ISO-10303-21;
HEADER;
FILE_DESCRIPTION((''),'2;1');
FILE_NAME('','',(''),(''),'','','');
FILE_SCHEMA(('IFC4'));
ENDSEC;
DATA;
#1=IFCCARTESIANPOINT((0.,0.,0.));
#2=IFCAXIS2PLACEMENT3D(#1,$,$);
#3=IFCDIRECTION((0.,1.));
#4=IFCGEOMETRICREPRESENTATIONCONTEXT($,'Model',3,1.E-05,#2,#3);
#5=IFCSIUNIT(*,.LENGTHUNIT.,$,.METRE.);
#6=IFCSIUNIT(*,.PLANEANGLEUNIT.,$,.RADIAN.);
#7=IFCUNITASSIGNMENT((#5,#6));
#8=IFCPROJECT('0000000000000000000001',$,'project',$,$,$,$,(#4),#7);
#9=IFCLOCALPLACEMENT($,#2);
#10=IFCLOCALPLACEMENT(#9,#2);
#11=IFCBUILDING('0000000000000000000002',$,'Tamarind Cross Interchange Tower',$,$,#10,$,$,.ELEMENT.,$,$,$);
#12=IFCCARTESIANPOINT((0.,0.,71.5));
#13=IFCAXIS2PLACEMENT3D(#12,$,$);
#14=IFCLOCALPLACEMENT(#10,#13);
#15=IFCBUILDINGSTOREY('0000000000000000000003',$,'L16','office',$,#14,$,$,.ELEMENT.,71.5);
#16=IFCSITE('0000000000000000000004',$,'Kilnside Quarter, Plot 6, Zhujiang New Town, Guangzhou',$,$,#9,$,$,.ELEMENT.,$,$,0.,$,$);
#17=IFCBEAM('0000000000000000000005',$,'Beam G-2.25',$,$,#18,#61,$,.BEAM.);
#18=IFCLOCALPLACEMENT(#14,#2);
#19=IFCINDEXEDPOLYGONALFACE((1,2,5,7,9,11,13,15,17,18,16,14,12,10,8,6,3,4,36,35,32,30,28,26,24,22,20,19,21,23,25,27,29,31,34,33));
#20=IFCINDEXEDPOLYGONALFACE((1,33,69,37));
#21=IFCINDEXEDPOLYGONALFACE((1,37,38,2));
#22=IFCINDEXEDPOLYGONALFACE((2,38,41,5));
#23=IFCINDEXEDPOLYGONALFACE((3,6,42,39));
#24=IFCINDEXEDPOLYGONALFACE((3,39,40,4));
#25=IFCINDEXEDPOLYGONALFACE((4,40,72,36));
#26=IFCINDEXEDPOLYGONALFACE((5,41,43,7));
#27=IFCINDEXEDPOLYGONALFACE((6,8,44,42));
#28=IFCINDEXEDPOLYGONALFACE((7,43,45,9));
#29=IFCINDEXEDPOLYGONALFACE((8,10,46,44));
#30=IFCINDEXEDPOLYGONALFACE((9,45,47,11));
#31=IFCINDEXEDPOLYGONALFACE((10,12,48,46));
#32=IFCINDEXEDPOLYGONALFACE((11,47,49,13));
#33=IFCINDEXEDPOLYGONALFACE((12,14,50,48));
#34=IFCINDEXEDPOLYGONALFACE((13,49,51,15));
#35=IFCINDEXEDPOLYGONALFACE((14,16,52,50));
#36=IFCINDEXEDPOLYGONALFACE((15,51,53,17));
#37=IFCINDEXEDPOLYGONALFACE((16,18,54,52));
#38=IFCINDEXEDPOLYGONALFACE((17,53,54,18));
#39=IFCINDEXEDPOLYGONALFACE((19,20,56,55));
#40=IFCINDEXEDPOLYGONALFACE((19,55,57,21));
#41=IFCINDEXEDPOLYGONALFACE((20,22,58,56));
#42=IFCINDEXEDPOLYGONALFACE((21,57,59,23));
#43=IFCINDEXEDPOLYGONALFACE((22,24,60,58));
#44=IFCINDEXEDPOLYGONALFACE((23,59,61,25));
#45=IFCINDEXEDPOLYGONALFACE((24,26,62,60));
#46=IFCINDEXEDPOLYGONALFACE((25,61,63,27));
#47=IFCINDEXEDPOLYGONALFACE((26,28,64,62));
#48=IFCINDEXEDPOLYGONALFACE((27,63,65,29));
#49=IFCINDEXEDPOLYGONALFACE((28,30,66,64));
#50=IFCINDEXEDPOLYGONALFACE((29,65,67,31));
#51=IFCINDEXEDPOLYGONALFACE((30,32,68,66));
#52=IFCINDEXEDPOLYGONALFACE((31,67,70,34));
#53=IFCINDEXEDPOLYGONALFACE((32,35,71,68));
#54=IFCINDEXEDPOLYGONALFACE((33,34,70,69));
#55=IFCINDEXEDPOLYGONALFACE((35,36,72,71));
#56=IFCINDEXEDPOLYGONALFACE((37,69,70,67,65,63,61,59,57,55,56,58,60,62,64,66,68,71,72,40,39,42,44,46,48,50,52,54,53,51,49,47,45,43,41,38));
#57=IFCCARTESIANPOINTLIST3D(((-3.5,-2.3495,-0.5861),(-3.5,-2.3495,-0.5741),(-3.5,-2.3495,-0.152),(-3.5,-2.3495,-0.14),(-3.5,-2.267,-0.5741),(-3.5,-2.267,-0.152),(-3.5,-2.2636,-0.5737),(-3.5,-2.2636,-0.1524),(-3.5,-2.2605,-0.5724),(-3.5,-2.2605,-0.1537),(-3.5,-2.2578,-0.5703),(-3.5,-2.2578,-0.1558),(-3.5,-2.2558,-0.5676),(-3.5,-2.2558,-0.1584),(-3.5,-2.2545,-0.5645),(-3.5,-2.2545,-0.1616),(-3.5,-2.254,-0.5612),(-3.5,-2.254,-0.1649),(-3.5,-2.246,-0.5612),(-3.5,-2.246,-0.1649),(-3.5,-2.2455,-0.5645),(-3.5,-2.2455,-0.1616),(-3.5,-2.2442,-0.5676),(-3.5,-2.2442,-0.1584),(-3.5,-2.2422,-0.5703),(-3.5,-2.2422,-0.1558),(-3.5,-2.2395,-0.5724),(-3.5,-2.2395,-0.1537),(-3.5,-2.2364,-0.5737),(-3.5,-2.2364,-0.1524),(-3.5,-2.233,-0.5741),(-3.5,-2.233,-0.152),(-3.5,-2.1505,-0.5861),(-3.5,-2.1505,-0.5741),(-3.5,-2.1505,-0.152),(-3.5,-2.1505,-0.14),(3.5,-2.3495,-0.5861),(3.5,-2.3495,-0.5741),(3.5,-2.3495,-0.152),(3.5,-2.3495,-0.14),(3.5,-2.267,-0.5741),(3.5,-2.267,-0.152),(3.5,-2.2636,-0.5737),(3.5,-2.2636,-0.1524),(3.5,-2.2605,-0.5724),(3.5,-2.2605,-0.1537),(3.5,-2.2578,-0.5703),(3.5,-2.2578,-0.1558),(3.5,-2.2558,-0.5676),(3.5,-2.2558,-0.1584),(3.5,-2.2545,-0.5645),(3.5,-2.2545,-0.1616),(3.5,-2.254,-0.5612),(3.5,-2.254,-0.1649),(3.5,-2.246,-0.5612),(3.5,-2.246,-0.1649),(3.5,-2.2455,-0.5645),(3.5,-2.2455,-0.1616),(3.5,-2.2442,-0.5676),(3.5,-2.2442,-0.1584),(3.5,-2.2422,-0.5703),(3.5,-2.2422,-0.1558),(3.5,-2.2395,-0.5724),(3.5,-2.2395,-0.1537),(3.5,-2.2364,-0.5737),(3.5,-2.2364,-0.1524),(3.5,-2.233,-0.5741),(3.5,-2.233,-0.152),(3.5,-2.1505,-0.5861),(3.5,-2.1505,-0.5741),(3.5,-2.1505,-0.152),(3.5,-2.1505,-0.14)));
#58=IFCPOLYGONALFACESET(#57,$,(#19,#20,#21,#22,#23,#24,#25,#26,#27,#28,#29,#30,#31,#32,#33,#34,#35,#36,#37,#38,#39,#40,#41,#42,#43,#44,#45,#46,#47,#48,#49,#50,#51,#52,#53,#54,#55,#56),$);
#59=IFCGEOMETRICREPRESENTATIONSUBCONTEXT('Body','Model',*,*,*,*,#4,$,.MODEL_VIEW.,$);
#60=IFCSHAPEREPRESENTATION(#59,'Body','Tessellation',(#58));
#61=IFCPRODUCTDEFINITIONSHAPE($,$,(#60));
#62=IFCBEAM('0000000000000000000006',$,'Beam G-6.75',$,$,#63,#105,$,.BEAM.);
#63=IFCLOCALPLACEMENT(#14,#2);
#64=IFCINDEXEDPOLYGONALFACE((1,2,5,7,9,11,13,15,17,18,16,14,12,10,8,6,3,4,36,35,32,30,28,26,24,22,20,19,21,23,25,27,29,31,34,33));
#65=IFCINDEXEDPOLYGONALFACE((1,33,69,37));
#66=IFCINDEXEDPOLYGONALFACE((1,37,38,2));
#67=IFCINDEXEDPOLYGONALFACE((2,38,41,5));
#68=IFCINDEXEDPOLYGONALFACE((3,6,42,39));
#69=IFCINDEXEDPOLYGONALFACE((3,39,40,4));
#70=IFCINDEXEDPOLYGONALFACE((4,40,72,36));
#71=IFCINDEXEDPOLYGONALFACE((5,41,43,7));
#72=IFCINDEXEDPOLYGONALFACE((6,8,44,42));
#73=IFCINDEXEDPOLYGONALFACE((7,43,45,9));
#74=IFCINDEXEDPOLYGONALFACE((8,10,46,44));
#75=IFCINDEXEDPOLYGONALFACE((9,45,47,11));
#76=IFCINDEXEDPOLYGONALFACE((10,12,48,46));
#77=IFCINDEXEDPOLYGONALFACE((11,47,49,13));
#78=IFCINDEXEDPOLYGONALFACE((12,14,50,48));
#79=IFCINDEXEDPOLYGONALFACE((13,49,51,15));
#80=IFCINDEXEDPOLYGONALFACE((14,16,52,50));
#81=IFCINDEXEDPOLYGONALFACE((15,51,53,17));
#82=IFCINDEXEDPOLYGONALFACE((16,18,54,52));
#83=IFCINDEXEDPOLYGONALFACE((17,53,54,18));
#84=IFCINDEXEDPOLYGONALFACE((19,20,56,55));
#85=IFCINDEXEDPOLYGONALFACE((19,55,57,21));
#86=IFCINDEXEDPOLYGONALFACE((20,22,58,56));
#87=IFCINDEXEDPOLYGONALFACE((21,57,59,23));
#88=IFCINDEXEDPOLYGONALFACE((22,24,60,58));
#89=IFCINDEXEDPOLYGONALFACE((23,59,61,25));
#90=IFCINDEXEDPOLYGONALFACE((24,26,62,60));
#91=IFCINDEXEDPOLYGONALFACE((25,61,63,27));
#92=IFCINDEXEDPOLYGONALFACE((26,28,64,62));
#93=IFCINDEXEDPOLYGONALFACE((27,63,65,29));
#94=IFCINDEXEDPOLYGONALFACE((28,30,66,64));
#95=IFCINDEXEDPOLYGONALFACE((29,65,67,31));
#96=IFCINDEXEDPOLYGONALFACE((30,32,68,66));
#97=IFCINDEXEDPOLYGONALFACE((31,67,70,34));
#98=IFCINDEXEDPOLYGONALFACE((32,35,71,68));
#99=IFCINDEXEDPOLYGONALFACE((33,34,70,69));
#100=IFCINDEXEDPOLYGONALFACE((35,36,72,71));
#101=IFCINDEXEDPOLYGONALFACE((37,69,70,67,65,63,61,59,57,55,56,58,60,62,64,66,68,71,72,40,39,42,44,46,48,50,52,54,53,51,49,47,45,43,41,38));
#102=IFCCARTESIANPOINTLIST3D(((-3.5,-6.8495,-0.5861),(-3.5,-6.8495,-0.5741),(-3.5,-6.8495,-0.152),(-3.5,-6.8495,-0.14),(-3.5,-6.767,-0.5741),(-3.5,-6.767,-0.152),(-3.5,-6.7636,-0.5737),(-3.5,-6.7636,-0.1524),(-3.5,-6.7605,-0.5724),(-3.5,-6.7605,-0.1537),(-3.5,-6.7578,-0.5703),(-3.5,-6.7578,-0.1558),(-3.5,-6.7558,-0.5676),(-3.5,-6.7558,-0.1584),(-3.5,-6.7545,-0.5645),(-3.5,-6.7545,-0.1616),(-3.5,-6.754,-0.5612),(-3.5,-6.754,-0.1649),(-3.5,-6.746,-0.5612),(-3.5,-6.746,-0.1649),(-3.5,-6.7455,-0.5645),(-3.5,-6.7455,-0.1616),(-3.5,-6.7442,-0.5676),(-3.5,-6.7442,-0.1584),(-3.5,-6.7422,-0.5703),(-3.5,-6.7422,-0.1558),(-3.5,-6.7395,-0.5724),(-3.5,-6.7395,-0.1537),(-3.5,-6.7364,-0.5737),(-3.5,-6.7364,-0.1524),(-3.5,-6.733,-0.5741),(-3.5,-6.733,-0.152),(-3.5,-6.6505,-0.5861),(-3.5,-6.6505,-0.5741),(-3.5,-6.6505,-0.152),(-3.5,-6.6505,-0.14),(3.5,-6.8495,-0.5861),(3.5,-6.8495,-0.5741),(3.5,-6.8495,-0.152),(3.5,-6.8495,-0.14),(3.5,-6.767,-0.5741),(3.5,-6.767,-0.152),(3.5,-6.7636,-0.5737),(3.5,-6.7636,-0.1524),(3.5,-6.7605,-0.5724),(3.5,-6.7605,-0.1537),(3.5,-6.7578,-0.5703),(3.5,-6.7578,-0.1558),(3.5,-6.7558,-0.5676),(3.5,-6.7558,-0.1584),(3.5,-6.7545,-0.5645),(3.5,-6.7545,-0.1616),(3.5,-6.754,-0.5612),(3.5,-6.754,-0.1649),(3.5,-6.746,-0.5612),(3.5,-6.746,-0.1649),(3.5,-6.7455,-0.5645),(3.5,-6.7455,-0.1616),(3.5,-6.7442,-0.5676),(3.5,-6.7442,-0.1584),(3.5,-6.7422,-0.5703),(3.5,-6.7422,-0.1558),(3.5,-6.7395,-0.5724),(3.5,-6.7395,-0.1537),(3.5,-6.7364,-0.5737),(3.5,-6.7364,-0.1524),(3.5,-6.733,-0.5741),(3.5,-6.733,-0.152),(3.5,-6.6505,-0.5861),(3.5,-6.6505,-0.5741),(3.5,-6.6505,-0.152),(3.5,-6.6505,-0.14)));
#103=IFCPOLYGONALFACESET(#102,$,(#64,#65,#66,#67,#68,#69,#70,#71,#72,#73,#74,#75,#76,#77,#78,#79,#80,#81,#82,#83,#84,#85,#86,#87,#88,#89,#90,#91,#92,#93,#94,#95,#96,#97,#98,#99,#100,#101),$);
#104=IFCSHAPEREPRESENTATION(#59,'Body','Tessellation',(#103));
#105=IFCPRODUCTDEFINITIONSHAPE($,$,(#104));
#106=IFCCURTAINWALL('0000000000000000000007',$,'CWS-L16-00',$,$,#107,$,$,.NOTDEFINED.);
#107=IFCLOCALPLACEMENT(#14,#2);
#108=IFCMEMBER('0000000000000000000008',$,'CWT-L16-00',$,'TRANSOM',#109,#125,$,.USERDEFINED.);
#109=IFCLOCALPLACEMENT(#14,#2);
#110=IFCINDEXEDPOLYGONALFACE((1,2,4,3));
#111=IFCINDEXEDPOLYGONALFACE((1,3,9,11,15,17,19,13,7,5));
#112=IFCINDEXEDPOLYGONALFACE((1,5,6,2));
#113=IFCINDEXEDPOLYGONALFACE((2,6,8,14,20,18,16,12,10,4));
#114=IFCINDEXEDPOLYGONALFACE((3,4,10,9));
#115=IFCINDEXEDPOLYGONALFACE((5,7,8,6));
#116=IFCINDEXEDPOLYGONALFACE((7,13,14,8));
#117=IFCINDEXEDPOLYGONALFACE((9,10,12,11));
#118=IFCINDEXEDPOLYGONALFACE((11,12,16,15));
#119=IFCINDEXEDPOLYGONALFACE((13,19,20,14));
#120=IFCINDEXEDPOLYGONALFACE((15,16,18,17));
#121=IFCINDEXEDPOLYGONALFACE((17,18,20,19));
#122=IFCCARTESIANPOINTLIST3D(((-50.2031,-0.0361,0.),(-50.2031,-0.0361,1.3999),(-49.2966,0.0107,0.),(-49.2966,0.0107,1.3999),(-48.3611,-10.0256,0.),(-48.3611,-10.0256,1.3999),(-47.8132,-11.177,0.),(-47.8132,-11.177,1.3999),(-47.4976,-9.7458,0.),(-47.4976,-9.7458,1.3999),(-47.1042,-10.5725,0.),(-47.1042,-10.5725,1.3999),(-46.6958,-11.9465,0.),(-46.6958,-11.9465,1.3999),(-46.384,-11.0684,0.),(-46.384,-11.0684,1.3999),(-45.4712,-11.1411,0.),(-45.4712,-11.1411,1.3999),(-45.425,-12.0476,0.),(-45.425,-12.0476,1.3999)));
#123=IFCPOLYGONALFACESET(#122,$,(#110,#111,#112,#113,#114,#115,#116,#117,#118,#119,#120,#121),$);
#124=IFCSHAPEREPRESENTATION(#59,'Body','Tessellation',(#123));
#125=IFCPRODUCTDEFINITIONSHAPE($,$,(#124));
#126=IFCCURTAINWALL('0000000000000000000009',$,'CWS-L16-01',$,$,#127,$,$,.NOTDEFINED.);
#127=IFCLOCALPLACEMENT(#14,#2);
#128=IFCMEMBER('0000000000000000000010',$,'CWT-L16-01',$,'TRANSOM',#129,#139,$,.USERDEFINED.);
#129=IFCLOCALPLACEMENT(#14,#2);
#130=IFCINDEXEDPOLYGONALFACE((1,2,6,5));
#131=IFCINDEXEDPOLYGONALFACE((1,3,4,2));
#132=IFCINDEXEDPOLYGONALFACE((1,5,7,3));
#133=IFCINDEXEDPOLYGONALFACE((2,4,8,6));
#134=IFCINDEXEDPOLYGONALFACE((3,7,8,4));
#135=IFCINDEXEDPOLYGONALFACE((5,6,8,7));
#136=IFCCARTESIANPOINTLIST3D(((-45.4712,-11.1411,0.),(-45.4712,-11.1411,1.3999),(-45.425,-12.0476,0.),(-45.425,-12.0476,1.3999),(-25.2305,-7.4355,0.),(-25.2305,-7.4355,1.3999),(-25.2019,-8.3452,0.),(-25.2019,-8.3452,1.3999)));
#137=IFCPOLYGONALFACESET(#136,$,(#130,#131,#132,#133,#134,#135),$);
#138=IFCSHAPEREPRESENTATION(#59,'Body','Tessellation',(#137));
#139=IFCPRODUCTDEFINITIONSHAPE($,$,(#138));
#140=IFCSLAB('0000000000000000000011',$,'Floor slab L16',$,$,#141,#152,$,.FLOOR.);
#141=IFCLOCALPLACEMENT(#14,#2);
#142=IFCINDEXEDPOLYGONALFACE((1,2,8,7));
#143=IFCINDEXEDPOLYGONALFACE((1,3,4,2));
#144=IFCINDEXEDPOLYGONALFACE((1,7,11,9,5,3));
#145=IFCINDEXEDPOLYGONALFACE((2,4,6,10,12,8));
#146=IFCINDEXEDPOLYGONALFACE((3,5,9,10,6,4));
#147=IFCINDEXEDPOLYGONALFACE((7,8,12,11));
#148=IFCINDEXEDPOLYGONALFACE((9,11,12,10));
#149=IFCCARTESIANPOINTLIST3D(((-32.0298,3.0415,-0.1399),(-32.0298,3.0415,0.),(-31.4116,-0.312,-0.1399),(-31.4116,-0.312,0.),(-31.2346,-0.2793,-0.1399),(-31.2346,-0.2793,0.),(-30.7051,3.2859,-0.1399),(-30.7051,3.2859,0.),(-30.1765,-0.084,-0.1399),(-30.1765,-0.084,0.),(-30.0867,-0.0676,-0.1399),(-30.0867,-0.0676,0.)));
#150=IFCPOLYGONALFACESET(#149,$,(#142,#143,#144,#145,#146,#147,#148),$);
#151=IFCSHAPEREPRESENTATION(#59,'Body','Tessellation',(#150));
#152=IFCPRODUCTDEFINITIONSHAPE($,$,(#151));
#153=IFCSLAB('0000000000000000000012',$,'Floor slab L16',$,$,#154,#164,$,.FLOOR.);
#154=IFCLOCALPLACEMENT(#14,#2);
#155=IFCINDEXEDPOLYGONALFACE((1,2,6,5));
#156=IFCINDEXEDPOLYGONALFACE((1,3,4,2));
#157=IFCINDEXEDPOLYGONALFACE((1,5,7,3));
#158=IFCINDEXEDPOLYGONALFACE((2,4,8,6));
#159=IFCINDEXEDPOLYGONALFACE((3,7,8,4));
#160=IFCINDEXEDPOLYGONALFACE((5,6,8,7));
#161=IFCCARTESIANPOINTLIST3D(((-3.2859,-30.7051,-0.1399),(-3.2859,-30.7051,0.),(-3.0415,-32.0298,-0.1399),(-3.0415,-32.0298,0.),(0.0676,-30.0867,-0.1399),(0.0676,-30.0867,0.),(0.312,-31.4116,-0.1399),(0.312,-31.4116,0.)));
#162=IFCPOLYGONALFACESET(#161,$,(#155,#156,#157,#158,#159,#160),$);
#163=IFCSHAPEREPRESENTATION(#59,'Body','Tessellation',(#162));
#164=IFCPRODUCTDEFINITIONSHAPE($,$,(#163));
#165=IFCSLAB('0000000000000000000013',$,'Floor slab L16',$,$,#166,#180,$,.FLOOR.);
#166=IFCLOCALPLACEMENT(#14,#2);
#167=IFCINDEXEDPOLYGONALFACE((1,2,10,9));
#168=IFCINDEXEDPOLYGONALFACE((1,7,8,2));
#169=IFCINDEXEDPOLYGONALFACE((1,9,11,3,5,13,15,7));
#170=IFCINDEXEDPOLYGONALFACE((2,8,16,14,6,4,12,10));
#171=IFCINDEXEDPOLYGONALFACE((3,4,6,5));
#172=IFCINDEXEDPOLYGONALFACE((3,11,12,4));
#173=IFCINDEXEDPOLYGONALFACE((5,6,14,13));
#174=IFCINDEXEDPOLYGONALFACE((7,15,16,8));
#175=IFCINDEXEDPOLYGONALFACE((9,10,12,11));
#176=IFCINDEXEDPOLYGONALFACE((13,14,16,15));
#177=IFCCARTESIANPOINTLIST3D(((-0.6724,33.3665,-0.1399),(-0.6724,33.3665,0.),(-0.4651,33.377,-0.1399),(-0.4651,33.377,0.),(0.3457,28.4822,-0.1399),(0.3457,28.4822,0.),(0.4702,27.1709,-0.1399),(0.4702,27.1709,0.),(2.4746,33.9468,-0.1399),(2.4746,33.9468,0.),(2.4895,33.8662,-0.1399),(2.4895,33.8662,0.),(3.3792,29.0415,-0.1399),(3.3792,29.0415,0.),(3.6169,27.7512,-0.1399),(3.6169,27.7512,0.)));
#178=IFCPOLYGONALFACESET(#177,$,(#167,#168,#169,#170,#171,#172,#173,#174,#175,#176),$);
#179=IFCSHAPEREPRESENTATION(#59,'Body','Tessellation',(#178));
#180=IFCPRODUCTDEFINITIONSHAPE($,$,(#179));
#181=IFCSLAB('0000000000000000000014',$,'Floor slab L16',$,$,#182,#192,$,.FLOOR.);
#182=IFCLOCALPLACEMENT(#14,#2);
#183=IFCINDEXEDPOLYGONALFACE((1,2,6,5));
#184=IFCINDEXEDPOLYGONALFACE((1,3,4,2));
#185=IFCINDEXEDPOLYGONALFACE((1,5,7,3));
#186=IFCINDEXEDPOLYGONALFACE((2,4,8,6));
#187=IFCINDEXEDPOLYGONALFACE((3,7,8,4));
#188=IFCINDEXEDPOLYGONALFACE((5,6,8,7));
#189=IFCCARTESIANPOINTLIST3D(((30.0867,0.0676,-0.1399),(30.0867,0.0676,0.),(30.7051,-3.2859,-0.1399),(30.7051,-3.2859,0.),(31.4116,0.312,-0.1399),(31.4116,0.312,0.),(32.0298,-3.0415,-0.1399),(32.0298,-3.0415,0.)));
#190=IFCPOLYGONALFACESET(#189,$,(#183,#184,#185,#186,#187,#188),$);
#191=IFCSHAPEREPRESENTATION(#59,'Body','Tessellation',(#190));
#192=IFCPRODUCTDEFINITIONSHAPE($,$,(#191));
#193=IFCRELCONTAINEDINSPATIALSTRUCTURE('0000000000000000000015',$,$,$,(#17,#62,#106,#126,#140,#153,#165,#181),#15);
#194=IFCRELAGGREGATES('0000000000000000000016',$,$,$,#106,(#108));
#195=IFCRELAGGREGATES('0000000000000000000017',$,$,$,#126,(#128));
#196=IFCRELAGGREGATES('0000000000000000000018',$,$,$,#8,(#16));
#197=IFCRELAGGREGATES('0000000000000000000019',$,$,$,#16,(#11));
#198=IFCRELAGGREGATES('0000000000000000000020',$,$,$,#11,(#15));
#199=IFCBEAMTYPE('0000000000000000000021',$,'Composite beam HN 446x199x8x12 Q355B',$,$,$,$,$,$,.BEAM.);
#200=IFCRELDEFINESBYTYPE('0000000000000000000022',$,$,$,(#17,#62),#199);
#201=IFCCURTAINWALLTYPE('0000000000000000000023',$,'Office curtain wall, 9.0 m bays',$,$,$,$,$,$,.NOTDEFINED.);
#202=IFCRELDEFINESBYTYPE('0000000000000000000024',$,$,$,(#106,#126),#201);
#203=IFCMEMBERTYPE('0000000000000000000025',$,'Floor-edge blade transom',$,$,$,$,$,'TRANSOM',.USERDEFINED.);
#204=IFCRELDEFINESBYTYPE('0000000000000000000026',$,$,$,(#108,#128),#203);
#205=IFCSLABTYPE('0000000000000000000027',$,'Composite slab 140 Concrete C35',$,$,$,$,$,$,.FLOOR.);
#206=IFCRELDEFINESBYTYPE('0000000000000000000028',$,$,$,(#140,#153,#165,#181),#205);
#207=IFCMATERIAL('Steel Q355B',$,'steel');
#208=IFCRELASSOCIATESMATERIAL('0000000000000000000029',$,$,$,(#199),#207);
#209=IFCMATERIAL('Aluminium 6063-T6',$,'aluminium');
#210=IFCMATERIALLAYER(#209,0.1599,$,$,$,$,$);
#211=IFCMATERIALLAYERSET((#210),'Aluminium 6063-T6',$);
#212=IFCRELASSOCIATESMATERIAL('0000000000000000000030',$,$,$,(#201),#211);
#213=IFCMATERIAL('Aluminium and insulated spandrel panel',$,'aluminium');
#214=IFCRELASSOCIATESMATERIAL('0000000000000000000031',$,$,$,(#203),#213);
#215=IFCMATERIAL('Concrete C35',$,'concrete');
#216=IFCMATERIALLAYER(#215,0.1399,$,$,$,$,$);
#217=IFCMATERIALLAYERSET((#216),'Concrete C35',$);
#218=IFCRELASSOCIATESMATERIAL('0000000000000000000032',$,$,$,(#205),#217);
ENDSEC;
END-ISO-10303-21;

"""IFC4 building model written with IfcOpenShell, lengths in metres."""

from ifc_helpers import new_model, si_unit, direction, frame, origin, origin_2d, place, context, subcontext, project, spatial, polyline, i_section, outline, extrude, material, layer, layer_set, material_profile, profile_set, type_object, element, aggregate, save


model = new_model("IFC4")

# Units and contexts
model_context = context("Model", 3, precision=1e-05, world=origin(), true_north=direction((0.0, 1.0)))
body_context = subcontext(model_context, "Body", "Model", "MODEL_VIEW")
ifc_project = project(units=[si_unit("LENGTHUNIT", "METRE"), si_unit("PLANEANGLEUNIT", "RADIAN")], contexts=[model_context])

# Site, building, storey
site_placement = place(None, origin())
site = spatial("IfcSite", under=ifc_project, at=site_placement, Name="Kilnside Quarter, Plot 6, Zhujiang New Town, Guangzhou", CompositionType="ELEMENT", RefElevation=0.0)
building_placement = place(site_placement, origin())
building = spatial("IfcBuilding", under=site, at=building_placement, Name="Tamarind Cross Interchange Tower", CompositionType="ELEMENT")
storey_placement = place(building_placement, frame((0.0, 0.0, 71.5)))
storey = spatial("IfcBuildingStorey", under=building, at=storey_placement, Name="L16", Description="office", CompositionType="ELEMENT", Elevation=71.5)

# Beams
ifc_material_1 = material(Name="Steel Q355B", Category="steel")
ifc_material_profile = material_profile(ifc_material_1, i_section(OverallWidth=0.199, OverallDepth=0.446, WebThickness=0.0081, FlangeThickness=0.012, FilletRadius=0.0129, at=origin_2d()), Name="HN 446x199x8x12")
ifc_profile_set = profile_set([ifc_material_profile], Name="Steel Q355B")
beam_type = type_object("IfcBeamType", Name="Composite beam HN 446x199x8x12 Q355B", PredefinedType="BEAM", material=ifc_profile_set)
for number, where, z_axis, x_axis, name in (
    (1, (-3.5, -2.25, -0.363), (1.0, 0.0, 0.0), (0.0, 1.0, 0.0), "Beam G-2.25"),
    (2, (-3.5, -6.75, -0.363), (1.0, 0.0, 0.0), (0.0, 1.0, 0.0), "Beam G-6.75"),
):
    element("IfcBeam", number, at=place(storey_placement, frame(where, z_axis=z_axis, x_axis=x_axis)), inside=storey, type_object=beam_type, Name=name, PredefinedType="BEAM", context=body_context, shape_type="SweptSolid", body=[
        extrude(i_section(OverallWidth=0.199, OverallDepth=0.446, WebThickness=0.0081, FlangeThickness=0.012, FilletRadius=0.0129, at=origin_2d()), origin(), (0.0, 0.0, 1.0), 7.0),
    ])

# Curtain walls, members
ifc_material_2 = material(Name="Aluminium 6063-T6", Category="aluminium")
ifc_layer_1 = layer(ifc_material_2, 0.1599)
ifc_layer_set_1 = layer_set([ifc_layer_1], Name="Aluminium 6063-T6")
curtain_wall_type = type_object("IfcCurtainWallType", Name="Office curtain wall, 9.0 m bays", PredefinedType="NOTDEFINED", material=ifc_layer_set_1)
curtain_wall_1_placement = place(storey_placement, origin())
curtain_wall_1 = element("IfcCurtainWall", 3, at=curtain_wall_1_placement, inside=storey, type_object=curtain_wall_type, Name="CWS-L16-00", PredefinedType="NOTDEFINED")
ifc_material_3 = material(Name="Aluminium and insulated spandrel panel", Category="aluminium")
member_type = type_object("IfcMemberType", Name="Floor-edge blade transom", ElementType="TRANSOM", PredefinedType="USERDEFINED", material=ifc_material_3)
member_1_placement = place(storey_placement, origin())
member_1 = element("IfcMember", 4, at=member_1_placement, type_object=member_type, Name="CWT-L16-00", ObjectType="TRANSOM", PredefinedType="USERDEFINED", context=body_context, shape_type="SweptSolid", body=[
    extrude(outline(polyline([(-49.2966, 0.0107), (-47.4976, -9.7458), (-47.1042, -10.5725), (-46.384, -11.0684), (-45.4712, -11.1411), (-45.425, -12.0476), (-46.6958, -11.9465), (-47.8132, -11.177), (-48.3611, -10.0256), (-50.2031, -0.0361), (-49.2966, 0.0107)])), origin(), (0.0, 0.0, 1.0), 1.3999),
])
curtain_wall_2_placement = place(storey_placement, origin())
curtain_wall_2 = element("IfcCurtainWall", 5, at=curtain_wall_2_placement, inside=storey, type_object=curtain_wall_type, Name="CWS-L16-01", PredefinedType="NOTDEFINED")
member_2_placement = place(storey_placement, origin())
member_2 = element("IfcMember", 6, at=member_2_placement, type_object=member_type, Name="CWT-L16-01", ObjectType="TRANSOM", PredefinedType="USERDEFINED", context=body_context, shape_type="SweptSolid", body=[
    extrude(outline(polyline([(-45.4712, -11.1411), (-25.2305, -7.4355), (-25.2019, -8.3452), (-45.425, -12.0476), (-45.4712, -11.1411)])), origin(), (0.0, 0.0, 1.0), 1.3999),
])

# Slabs
ifc_material_4 = material(Name="Concrete C35", Category="concrete")
ifc_layer_2 = layer(ifc_material_4, 0.1399)
ifc_layer_set_2 = layer_set([ifc_layer_2], Name="Concrete C35")
slab_type = type_object("IfcSlabType", Name="Composite slab 140 Concrete C35", PredefinedType="FLOOR", material=ifc_layer_set_2)
slab_1_placement = place(storey_placement, frame((0.0, 0.0, -0.1399)))
element("IfcSlab", 7, at=slab_1_placement, inside=storey, type_object=slab_type, Name="Floor slab L16", PredefinedType="FLOOR", context=body_context, shape_type="SweptSolid", body=[
    extrude(outline(polyline([(-32.0298, 3.0415), (-31.4116, -0.312), (-31.2346, -0.2793), (-30.1765, -0.084), (-30.0867, -0.0676), (-30.7051, 3.2859), (-32.0298, 3.0415)])), origin(), (0.0, 0.0, 1.0), 0.1399),
])
slab_2_placement = place(storey_placement, frame((0.0, 0.0, -0.1399)))
element("IfcSlab", 8, at=slab_2_placement, inside=storey, type_object=slab_type, Name="Floor slab L16", PredefinedType="FLOOR", context=body_context, shape_type="SweptSolid", body=[
    extrude(outline(polyline([(-3.2859, -30.7051), (-3.0415, -32.0298), (0.312, -31.4116), (0.0676, -30.0867), (-3.2859, -30.7051)])), origin(), (0.0, 0.0, 1.0), 0.1399),
])
slab_3_placement = place(storey_placement, frame((0.0, 0.0, -0.1399)))
element("IfcSlab", 9, at=slab_3_placement, inside=storey, type_object=slab_type, Name="Floor slab L16", PredefinedType="FLOOR", context=body_context, shape_type="SweptSolid", body=[
    extrude(outline(polyline([(2.4746, 33.9468), (-0.6724, 33.3665), (0.4702, 27.1709), (3.6169, 27.7512), (3.3792, 29.0415), (0.3457, 28.4822), (-0.4651, 33.377), (2.4895, 33.8662), (2.4746, 33.9468)])), origin(), (0.0, 0.0, 1.0), 0.1399),
])
slab_4_placement = place(storey_placement, frame((0.0, 0.0, -0.1399)))
element("IfcSlab", 10, at=slab_4_placement, inside=storey, type_object=slab_type, Name="Floor slab L16", PredefinedType="FLOOR", context=body_context, shape_type="SweptSolid", body=[
    extrude(outline(polyline([(32.0298, -3.0415), (31.4116, 0.312), (30.0867, 0.0676), (30.7051, -3.2859), (32.0298, -3.0415)])), origin(), (0.0, 0.0, 1.0), 0.1399),
])

aggregate(curtain_wall_1, [member_1])
aggregate(curtain_wall_2, [member_2])

save(model, "model.ifc")
